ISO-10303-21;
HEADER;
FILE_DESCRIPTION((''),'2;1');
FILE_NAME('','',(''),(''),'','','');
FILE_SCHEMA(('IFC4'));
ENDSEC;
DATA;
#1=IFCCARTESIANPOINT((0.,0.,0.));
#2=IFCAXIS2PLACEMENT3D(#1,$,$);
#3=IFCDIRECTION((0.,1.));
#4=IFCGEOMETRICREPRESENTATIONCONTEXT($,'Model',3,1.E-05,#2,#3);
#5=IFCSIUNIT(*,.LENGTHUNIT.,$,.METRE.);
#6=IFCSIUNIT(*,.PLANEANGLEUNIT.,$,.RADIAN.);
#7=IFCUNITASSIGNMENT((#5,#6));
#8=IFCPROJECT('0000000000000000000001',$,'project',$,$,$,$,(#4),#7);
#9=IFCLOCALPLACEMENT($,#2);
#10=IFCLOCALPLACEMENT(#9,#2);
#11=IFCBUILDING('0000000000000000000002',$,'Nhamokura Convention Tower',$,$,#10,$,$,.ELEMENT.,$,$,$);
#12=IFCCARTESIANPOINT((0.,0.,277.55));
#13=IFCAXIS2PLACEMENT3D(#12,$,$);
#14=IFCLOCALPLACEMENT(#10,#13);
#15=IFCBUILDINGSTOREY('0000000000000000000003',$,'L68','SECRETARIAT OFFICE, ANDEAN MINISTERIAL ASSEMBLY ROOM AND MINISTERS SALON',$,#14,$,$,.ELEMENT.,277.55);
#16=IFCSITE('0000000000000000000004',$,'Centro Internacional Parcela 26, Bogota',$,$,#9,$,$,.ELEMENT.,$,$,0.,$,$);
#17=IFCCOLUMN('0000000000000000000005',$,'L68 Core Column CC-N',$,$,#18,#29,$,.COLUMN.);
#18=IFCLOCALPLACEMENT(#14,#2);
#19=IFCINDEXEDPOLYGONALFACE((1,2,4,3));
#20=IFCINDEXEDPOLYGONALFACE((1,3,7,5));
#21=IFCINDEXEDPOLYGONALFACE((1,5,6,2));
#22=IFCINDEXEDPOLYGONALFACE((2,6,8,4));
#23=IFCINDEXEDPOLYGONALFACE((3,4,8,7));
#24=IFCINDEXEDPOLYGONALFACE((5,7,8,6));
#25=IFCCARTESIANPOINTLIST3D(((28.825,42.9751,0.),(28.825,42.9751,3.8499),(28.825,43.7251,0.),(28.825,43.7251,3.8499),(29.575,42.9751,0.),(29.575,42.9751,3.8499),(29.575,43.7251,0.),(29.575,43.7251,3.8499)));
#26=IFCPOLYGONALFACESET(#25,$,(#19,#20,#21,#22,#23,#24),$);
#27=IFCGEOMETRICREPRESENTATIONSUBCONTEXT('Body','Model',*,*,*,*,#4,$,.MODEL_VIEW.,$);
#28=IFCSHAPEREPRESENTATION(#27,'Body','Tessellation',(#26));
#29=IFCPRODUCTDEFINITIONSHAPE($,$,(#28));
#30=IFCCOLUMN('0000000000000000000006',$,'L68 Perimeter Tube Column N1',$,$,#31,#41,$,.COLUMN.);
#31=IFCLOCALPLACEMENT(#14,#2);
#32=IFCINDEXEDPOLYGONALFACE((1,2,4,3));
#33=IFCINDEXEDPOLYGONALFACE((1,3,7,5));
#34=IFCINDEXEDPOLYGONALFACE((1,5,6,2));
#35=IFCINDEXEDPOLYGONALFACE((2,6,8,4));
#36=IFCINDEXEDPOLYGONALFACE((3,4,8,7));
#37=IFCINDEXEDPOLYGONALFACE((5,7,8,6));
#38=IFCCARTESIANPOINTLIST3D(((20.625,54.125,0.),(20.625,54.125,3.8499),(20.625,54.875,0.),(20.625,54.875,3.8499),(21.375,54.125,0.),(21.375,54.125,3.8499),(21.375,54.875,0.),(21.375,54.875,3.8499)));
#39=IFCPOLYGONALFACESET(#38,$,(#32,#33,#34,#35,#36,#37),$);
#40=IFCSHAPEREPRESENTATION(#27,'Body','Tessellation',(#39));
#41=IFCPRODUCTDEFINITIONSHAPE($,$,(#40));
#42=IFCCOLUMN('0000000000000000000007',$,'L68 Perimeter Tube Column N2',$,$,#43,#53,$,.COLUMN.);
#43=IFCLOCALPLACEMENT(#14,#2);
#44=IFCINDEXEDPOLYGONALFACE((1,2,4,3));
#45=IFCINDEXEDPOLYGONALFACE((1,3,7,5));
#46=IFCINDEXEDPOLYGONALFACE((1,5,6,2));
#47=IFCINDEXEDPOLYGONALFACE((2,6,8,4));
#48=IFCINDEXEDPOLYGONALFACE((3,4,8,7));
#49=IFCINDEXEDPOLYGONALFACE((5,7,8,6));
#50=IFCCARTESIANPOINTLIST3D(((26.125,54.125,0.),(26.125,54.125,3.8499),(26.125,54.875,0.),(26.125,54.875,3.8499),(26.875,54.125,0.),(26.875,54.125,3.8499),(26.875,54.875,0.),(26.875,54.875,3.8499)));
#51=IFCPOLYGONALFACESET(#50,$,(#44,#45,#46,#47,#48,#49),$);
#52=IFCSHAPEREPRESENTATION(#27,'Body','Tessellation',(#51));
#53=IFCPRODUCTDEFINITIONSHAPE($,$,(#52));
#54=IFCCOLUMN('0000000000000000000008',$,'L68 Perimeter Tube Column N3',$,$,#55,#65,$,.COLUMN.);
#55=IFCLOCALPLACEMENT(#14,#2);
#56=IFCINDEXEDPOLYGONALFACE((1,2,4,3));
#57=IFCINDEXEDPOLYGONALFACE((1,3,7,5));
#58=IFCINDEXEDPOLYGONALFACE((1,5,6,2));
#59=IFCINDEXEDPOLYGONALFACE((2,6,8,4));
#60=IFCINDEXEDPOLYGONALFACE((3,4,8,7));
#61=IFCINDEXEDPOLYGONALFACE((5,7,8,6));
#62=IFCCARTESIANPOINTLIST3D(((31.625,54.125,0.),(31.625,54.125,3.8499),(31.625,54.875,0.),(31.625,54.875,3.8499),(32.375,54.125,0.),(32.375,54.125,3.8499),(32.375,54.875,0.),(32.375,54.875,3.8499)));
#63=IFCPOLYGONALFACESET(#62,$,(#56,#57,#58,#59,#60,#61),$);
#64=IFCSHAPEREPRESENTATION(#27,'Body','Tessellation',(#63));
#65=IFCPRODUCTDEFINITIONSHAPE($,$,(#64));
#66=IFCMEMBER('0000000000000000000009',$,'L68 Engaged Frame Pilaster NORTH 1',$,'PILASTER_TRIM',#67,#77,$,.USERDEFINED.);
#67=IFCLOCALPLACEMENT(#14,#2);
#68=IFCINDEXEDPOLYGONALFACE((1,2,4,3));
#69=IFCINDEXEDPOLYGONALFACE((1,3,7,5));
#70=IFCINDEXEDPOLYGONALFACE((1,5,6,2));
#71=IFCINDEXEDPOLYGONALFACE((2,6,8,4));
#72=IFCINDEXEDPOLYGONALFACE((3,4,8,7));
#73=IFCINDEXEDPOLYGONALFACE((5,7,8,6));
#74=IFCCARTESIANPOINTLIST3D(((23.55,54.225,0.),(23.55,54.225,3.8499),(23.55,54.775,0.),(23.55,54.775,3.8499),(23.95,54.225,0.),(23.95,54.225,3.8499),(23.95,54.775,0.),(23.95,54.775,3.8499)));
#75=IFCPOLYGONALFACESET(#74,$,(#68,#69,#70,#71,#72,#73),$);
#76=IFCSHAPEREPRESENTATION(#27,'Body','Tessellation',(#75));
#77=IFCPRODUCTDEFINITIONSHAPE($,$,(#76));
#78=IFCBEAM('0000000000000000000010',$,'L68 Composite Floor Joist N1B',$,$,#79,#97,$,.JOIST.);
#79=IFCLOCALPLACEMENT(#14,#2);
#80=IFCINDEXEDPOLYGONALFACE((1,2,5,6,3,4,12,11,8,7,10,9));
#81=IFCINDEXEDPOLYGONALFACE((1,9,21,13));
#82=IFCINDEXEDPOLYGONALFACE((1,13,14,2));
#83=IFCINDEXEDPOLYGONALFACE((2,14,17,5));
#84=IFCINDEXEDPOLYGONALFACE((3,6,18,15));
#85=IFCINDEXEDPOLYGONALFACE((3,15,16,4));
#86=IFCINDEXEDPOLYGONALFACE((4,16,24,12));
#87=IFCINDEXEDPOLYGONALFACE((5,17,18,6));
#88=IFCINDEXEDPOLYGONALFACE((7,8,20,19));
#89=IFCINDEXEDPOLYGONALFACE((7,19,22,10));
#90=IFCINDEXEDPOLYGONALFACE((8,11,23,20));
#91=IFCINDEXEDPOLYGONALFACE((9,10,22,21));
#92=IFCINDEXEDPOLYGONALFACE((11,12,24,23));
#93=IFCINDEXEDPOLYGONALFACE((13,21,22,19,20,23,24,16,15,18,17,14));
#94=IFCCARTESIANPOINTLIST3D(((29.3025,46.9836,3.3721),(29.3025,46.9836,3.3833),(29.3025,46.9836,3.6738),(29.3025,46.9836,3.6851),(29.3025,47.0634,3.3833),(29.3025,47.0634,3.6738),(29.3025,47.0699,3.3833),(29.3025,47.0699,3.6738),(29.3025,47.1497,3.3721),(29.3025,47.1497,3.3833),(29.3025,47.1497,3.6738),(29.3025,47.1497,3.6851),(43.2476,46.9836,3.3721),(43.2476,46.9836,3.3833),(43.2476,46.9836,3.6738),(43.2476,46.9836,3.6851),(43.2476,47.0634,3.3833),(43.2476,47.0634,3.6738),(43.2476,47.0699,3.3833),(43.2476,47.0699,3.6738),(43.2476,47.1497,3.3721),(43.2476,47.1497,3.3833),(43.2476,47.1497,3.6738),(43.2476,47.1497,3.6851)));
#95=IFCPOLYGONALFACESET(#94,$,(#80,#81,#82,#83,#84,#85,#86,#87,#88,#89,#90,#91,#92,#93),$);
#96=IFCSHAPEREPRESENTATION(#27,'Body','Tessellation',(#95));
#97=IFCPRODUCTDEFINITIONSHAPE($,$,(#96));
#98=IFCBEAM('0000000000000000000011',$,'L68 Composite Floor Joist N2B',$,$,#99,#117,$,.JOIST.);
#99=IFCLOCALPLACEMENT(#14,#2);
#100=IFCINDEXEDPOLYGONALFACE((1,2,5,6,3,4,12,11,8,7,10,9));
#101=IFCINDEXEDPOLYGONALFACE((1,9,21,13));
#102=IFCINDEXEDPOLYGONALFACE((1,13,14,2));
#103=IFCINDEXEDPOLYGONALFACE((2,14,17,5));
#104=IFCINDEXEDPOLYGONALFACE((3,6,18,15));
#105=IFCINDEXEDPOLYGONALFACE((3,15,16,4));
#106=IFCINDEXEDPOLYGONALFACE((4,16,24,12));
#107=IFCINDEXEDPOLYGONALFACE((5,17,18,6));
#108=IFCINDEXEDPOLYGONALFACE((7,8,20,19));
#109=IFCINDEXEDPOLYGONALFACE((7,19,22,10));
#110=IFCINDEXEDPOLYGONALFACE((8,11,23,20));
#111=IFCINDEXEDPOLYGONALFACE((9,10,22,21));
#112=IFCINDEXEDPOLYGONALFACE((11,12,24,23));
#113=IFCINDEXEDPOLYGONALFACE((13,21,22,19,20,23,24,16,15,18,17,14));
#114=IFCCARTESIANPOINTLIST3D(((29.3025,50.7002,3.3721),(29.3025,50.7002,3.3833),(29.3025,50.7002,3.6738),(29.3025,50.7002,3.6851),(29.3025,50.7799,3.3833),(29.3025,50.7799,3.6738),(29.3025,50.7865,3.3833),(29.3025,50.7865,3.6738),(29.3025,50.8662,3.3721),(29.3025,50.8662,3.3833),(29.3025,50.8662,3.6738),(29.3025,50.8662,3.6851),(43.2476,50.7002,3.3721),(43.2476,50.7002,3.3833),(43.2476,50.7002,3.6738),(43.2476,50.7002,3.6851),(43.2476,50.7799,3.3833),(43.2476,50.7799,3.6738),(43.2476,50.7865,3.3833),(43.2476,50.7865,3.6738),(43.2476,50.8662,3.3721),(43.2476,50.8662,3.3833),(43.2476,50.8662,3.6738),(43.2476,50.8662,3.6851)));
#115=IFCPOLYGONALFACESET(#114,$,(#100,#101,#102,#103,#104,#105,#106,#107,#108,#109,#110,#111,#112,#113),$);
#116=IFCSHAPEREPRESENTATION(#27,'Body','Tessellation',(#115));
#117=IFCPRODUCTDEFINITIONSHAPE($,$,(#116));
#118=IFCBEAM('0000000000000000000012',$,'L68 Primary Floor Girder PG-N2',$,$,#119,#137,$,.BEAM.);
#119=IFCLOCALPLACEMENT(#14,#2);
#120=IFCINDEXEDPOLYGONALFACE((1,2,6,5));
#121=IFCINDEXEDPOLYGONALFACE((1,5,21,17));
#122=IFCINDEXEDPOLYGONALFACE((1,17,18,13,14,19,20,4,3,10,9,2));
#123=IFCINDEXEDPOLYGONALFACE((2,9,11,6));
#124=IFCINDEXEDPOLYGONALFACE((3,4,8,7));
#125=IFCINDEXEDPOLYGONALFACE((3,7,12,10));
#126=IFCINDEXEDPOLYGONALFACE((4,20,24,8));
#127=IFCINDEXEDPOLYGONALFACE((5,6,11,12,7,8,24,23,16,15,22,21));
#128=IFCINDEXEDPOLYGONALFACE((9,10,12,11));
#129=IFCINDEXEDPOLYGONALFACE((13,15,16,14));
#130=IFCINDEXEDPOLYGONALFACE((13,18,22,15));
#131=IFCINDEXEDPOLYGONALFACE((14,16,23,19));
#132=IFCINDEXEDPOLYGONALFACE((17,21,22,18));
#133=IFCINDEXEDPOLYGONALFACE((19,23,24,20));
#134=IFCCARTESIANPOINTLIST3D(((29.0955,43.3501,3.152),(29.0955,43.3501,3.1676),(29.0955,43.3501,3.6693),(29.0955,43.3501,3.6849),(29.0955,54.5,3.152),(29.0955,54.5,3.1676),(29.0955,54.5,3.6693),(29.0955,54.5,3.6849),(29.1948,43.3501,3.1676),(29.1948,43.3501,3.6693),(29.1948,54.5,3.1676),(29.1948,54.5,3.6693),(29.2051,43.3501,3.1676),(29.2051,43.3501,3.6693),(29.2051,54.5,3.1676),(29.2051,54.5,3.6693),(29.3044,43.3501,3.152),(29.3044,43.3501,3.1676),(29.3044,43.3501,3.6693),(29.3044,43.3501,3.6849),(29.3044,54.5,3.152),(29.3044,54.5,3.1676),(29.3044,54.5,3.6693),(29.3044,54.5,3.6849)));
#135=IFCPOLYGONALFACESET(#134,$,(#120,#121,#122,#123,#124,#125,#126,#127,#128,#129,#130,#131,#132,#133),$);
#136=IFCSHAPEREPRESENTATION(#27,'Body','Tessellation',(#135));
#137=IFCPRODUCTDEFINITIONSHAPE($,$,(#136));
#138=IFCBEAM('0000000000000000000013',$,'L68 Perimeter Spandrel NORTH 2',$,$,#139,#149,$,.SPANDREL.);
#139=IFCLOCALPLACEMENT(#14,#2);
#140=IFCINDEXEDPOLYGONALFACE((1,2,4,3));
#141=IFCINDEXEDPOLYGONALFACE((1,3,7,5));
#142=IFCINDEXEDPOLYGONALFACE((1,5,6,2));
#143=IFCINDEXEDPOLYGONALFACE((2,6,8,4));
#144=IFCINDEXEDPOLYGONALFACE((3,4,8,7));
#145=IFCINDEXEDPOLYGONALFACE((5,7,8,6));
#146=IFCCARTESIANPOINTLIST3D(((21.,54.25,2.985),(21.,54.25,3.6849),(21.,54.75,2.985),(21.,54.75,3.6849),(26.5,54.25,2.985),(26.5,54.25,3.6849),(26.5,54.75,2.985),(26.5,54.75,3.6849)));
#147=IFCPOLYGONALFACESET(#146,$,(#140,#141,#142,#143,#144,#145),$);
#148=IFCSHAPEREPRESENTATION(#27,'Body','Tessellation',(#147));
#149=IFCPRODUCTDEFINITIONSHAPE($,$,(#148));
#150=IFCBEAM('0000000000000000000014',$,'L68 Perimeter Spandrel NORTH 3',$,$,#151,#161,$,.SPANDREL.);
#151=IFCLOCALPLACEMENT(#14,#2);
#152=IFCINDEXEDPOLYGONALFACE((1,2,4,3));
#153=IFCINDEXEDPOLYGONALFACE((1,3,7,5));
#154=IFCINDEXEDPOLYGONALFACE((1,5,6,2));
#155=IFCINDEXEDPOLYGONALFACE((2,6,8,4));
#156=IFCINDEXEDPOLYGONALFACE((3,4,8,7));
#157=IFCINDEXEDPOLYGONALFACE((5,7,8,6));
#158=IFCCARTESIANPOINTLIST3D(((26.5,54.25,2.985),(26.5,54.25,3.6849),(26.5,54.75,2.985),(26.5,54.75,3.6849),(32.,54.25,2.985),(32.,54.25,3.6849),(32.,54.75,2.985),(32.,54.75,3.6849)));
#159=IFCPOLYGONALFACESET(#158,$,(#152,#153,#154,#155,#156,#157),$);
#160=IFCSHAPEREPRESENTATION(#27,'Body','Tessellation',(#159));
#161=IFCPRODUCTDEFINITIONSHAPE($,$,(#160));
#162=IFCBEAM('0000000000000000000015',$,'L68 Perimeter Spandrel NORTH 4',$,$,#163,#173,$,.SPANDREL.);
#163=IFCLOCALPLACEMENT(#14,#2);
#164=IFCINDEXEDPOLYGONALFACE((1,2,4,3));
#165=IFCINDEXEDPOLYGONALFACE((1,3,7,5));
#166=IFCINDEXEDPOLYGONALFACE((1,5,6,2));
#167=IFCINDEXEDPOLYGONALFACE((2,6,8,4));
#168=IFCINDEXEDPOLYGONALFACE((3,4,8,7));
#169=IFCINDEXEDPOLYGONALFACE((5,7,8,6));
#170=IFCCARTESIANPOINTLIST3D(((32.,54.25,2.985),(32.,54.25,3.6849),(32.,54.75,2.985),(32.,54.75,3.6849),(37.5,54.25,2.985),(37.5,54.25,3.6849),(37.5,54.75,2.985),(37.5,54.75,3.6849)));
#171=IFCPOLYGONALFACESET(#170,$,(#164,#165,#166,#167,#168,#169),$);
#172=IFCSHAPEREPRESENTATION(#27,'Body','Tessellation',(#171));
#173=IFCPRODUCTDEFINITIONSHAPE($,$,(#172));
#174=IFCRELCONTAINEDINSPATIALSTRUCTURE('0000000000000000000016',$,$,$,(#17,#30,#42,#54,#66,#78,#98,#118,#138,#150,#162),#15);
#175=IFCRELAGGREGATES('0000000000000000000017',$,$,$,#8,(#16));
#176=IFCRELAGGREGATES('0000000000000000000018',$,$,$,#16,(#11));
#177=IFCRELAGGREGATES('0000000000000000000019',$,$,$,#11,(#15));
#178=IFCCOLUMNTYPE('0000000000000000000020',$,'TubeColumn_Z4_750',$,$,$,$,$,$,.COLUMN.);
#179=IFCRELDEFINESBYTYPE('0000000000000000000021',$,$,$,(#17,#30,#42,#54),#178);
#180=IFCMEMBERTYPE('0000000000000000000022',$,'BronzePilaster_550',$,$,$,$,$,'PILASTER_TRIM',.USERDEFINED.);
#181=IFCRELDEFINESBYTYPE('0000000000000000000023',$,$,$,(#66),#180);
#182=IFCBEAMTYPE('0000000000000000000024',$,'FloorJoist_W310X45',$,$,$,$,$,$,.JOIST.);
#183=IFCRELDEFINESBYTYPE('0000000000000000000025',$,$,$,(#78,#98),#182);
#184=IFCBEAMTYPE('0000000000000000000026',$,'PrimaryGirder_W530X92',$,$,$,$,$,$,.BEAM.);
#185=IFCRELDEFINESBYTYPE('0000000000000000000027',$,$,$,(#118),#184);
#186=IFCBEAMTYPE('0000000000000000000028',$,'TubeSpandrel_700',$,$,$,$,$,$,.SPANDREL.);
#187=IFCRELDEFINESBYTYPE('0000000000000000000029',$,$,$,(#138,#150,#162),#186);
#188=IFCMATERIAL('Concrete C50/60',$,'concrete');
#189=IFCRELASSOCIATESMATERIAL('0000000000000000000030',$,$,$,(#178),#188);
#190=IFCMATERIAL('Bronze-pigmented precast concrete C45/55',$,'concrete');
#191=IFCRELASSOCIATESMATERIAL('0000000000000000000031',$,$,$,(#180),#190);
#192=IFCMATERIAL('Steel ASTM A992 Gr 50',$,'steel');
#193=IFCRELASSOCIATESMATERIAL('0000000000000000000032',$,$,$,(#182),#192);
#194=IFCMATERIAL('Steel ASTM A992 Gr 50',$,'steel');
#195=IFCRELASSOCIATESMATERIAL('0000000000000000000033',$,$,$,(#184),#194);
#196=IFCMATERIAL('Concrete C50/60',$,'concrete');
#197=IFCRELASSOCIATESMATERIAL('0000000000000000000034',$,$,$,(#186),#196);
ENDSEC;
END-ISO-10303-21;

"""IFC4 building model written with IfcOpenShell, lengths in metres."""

from ifc_helpers import new_model, si_unit, direction, frame, origin, origin_2d, place, context, subcontext, project, spatial, rectangle, i_section, extrude, material, material_profile, profile_set, type_object, element, save


model = new_model("IFC4")

# Units and contexts
model_context = context("Model", 3, precision=1e-05, world=origin(), true_north=direction((0.0, 1.0)))
body_context = subcontext(model_context, "Body", "Model", "MODEL_VIEW")
ifc_project = project(units=[si_unit("LENGTHUNIT", "METRE"), si_unit("PLANEANGLEUNIT", "RADIAN")], contexts=[model_context])

# Site, building, storey
site_placement = place(None, origin())
site = spatial("IfcSite", under=ifc_project, at=site_placement, Name="Centro Internacional Parcela 26, Bogota", CompositionType="ELEMENT", RefElevation=0.0)
building_placement = place(site_placement, origin())
building = spatial("IfcBuilding", under=site, at=building_placement, Name="Nhamokura Convention Tower", CompositionType="ELEMENT")
storey_placement = place(building_placement, frame((0.0, 0.0, 277.55)))
storey = spatial("IfcBuildingStorey", under=building, at=storey_placement, Name="L68", Description="SECRETARIAT OFFICE, ANDEAN MINISTERIAL ASSEMBLY ROOM AND MINISTERS SALON", CompositionType="ELEMENT", Elevation=277.55)

# Columns
ifc_material_1 = material(Name="Concrete C50/60", Category="concrete")
ifc_material_profile_1 = material_profile(ifc_material_1, rectangle(XDim=0.75, YDim=0.75, at=origin_2d()))
ifc_profile_set_1 = profile_set([ifc_material_profile_1], Name="Concrete C50/60")
column_type = type_object("IfcColumnType", Name="TubeColumn_Z4_750", PredefinedType="COLUMN", material=ifc_profile_set_1)
for number, where, z_axis, x_axis, name in (
    (1, (29.2, 43.3501, 0.0), (0.0, 0.0, 1.0), (1.0, 0.0, 0.0), "L68 Core Column CC-N"),
    (2, (21.0, 54.5, 0.0), (0.0, 0.0, 1.0), (1.0, 0.0, 0.0), "L68 Perimeter Tube Column N1"),
    (3, (26.5, 54.5, 0.0), (0.0, 0.0, 1.0), (1.0, 0.0, 0.0), "L68 Perimeter Tube Column N2"),
    (4, (32.0, 54.5, 0.0), (0.0, 0.0, 1.0), (1.0, 0.0, 0.0), "L68 Perimeter Tube Column N3"),
):
    element("IfcColumn", number, at=place(storey_placement, frame(where, z_axis=z_axis, x_axis=x_axis)), inside=storey, type_object=column_type, Name=name, PredefinedType="COLUMN", context=body_context, shape_type="SweptSolid", body=[
        extrude(rectangle(XDim=0.75, YDim=0.75, at=origin_2d()), origin(), (0.0, 0.0, 1.0), 3.8499),
    ])

# Member
ifc_material_2 = material(Name="Bronze-pigmented precast concrete C45/55", Category="concrete")
ifc_material_profile_2 = material_profile(ifc_material_2, rectangle(XDim=0.3999, YDim=0.55, at=origin_2d()))
ifc_profile_set_2 = profile_set([ifc_material_profile_2], Name="Bronze-pigmented precast concrete C45/55")
member_type = type_object("IfcMemberType", Name="BronzePilaster_550", ElementType="PILASTER_TRIM", PredefinedType="USERDEFINED", material=ifc_profile_set_2)
member_placement = place(storey_placement, frame((23.75, 54.5, 0.0), z_axis=(0.0, 0.0, 1.0), x_axis=(1.0, 0.0, 0.0)))
element("IfcMember", 5, at=member_placement, inside=storey, type_object=member_type, Name="L68 Engaged Frame Pilaster NORTH 1", ObjectType="PILASTER_TRIM", PredefinedType="USERDEFINED", context=body_context, shape_type="SweptSolid", body=[
    extrude(rectangle(XDim=0.3999, YDim=0.55, at=origin_2d()), origin(), (0.0, 0.0, 1.0), 3.8499),
])

# Beams
ifc_material_3 = material(Name="Steel ASTM A992 Gr 50", Category="steel")
ifc_material_profile_3 = material_profile(ifc_material_3, i_section(OverallWidth=0.166, OverallDepth=0.313, WebThickness=0.0066, FlangeThickness=0.0112, at=origin_2d()))
ifc_profile_set_3 = profile_set([ifc_material_profile_3], Name="Steel ASTM A992 Gr 50")
beam_type_1 = type_object("IfcBeamType", Name="FloorJoist_W310X45", PredefinedType="JOIST", material=ifc_profile_set_3)
for number, where, z_axis, x_axis, name in (
    (6, (29.3025, 47.0667, 3.5286), (1.0, 0.0, 0.0), (0.0, 1.0, 0.0), "L68 Composite Floor Joist N1B"),
    (7, (29.3025, 50.7832, 3.5286), (1.0, 0.0, 0.0), (0.0, 1.0, 0.0), "L68 Composite Floor Joist N2B"),
):
    element("IfcBeam", number, at=place(storey_placement, frame(where, z_axis=z_axis, x_axis=x_axis)), inside=storey, type_object=beam_type_1, Name=name, PredefinedType="JOIST", context=body_context, shape_type="SweptSolid", body=[
        extrude(i_section(OverallWidth=0.166, OverallDepth=0.313, WebThickness=0.0066, FlangeThickness=0.0112, at=origin_2d()), origin(), (0.0, 0.0, 1.0), 13.9451),
    ])
ifc_material_4 = material(Name="Steel ASTM A992 Gr 50", Category="steel")
ifc_material_profile_4 = material_profile(ifc_material_4, i_section(OverallWidth=0.209, OverallDepth=0.533, WebThickness=0.0103, FlangeThickness=0.0156, at=origin_2d()))
ifc_profile_set_4 = profile_set([ifc_material_profile_4], Name="Steel ASTM A992 Gr 50")
beam_type_2 = type_object("IfcBeamType", Name="PrimaryGirder_W530X92", PredefinedType="BEAM", material=ifc_profile_set_4)
beam_placement = place(storey_placement, frame((29.2, 43.3501, 3.4185), z_axis=(0.0, 1.0, 0.0), x_axis=(-1.0, 0.0, 0.0)))
element("IfcBeam", 8, at=beam_placement, inside=storey, type_object=beam_type_2, Name="L68 Primary Floor Girder PG-N2", PredefinedType="BEAM", context=body_context, shape_type="SweptSolid", body=[
    extrude(i_section(OverallWidth=0.209, OverallDepth=0.533, WebThickness=0.0103, FlangeThickness=0.0156, at=origin_2d()), origin(), (0.0, 0.0, 1.0), 11.1499),
])
ifc_material_5 = material(Name="Concrete C50/60", Category="concrete")
ifc_material_profile_5 = material_profile(ifc_material_5, rectangle(XDim=0.5, YDim=0.7, at=origin_2d()))
ifc_profile_set_5 = profile_set([ifc_material_profile_5], Name="Concrete C50/60")
beam_type_3 = type_object("IfcBeamType", Name="TubeSpandrel_700", PredefinedType="SPANDREL", material=ifc_profile_set_5)
for number, where, z_axis, x_axis, name in (
    (9, (21.0, 54.5, 3.335), (1.0, 0.0, 0.0), (0.0, 1.0, 0.0), "L68 Perimeter Spandrel NORTH 2"),
    (10, (26.5, 54.5, 3.335), (1.0, 0.0, 0.0), (0.0, 1.0, 0.0), "L68 Perimeter Spandrel NORTH 3"),
    (11, (32.0, 54.5, 3.335), (1.0, 0.0, 0.0), (0.0, 1.0, 0.0), "L68 Perimeter Spandrel NORTH 4"),
):
    element("IfcBeam", number, at=place(storey_placement, frame(where, z_axis=z_axis, x_axis=x_axis)), inside=storey, type_object=beam_type_3, Name=name, PredefinedType="SPANDREL", context=body_context, shape_type="SweptSolid", body=[
        extrude(rectangle(XDim=0.5, YDim=0.7, at=origin_2d()), origin(), (0.0, 0.0, 1.0), 5.5),
    ])

save(model, "model.ifc")
